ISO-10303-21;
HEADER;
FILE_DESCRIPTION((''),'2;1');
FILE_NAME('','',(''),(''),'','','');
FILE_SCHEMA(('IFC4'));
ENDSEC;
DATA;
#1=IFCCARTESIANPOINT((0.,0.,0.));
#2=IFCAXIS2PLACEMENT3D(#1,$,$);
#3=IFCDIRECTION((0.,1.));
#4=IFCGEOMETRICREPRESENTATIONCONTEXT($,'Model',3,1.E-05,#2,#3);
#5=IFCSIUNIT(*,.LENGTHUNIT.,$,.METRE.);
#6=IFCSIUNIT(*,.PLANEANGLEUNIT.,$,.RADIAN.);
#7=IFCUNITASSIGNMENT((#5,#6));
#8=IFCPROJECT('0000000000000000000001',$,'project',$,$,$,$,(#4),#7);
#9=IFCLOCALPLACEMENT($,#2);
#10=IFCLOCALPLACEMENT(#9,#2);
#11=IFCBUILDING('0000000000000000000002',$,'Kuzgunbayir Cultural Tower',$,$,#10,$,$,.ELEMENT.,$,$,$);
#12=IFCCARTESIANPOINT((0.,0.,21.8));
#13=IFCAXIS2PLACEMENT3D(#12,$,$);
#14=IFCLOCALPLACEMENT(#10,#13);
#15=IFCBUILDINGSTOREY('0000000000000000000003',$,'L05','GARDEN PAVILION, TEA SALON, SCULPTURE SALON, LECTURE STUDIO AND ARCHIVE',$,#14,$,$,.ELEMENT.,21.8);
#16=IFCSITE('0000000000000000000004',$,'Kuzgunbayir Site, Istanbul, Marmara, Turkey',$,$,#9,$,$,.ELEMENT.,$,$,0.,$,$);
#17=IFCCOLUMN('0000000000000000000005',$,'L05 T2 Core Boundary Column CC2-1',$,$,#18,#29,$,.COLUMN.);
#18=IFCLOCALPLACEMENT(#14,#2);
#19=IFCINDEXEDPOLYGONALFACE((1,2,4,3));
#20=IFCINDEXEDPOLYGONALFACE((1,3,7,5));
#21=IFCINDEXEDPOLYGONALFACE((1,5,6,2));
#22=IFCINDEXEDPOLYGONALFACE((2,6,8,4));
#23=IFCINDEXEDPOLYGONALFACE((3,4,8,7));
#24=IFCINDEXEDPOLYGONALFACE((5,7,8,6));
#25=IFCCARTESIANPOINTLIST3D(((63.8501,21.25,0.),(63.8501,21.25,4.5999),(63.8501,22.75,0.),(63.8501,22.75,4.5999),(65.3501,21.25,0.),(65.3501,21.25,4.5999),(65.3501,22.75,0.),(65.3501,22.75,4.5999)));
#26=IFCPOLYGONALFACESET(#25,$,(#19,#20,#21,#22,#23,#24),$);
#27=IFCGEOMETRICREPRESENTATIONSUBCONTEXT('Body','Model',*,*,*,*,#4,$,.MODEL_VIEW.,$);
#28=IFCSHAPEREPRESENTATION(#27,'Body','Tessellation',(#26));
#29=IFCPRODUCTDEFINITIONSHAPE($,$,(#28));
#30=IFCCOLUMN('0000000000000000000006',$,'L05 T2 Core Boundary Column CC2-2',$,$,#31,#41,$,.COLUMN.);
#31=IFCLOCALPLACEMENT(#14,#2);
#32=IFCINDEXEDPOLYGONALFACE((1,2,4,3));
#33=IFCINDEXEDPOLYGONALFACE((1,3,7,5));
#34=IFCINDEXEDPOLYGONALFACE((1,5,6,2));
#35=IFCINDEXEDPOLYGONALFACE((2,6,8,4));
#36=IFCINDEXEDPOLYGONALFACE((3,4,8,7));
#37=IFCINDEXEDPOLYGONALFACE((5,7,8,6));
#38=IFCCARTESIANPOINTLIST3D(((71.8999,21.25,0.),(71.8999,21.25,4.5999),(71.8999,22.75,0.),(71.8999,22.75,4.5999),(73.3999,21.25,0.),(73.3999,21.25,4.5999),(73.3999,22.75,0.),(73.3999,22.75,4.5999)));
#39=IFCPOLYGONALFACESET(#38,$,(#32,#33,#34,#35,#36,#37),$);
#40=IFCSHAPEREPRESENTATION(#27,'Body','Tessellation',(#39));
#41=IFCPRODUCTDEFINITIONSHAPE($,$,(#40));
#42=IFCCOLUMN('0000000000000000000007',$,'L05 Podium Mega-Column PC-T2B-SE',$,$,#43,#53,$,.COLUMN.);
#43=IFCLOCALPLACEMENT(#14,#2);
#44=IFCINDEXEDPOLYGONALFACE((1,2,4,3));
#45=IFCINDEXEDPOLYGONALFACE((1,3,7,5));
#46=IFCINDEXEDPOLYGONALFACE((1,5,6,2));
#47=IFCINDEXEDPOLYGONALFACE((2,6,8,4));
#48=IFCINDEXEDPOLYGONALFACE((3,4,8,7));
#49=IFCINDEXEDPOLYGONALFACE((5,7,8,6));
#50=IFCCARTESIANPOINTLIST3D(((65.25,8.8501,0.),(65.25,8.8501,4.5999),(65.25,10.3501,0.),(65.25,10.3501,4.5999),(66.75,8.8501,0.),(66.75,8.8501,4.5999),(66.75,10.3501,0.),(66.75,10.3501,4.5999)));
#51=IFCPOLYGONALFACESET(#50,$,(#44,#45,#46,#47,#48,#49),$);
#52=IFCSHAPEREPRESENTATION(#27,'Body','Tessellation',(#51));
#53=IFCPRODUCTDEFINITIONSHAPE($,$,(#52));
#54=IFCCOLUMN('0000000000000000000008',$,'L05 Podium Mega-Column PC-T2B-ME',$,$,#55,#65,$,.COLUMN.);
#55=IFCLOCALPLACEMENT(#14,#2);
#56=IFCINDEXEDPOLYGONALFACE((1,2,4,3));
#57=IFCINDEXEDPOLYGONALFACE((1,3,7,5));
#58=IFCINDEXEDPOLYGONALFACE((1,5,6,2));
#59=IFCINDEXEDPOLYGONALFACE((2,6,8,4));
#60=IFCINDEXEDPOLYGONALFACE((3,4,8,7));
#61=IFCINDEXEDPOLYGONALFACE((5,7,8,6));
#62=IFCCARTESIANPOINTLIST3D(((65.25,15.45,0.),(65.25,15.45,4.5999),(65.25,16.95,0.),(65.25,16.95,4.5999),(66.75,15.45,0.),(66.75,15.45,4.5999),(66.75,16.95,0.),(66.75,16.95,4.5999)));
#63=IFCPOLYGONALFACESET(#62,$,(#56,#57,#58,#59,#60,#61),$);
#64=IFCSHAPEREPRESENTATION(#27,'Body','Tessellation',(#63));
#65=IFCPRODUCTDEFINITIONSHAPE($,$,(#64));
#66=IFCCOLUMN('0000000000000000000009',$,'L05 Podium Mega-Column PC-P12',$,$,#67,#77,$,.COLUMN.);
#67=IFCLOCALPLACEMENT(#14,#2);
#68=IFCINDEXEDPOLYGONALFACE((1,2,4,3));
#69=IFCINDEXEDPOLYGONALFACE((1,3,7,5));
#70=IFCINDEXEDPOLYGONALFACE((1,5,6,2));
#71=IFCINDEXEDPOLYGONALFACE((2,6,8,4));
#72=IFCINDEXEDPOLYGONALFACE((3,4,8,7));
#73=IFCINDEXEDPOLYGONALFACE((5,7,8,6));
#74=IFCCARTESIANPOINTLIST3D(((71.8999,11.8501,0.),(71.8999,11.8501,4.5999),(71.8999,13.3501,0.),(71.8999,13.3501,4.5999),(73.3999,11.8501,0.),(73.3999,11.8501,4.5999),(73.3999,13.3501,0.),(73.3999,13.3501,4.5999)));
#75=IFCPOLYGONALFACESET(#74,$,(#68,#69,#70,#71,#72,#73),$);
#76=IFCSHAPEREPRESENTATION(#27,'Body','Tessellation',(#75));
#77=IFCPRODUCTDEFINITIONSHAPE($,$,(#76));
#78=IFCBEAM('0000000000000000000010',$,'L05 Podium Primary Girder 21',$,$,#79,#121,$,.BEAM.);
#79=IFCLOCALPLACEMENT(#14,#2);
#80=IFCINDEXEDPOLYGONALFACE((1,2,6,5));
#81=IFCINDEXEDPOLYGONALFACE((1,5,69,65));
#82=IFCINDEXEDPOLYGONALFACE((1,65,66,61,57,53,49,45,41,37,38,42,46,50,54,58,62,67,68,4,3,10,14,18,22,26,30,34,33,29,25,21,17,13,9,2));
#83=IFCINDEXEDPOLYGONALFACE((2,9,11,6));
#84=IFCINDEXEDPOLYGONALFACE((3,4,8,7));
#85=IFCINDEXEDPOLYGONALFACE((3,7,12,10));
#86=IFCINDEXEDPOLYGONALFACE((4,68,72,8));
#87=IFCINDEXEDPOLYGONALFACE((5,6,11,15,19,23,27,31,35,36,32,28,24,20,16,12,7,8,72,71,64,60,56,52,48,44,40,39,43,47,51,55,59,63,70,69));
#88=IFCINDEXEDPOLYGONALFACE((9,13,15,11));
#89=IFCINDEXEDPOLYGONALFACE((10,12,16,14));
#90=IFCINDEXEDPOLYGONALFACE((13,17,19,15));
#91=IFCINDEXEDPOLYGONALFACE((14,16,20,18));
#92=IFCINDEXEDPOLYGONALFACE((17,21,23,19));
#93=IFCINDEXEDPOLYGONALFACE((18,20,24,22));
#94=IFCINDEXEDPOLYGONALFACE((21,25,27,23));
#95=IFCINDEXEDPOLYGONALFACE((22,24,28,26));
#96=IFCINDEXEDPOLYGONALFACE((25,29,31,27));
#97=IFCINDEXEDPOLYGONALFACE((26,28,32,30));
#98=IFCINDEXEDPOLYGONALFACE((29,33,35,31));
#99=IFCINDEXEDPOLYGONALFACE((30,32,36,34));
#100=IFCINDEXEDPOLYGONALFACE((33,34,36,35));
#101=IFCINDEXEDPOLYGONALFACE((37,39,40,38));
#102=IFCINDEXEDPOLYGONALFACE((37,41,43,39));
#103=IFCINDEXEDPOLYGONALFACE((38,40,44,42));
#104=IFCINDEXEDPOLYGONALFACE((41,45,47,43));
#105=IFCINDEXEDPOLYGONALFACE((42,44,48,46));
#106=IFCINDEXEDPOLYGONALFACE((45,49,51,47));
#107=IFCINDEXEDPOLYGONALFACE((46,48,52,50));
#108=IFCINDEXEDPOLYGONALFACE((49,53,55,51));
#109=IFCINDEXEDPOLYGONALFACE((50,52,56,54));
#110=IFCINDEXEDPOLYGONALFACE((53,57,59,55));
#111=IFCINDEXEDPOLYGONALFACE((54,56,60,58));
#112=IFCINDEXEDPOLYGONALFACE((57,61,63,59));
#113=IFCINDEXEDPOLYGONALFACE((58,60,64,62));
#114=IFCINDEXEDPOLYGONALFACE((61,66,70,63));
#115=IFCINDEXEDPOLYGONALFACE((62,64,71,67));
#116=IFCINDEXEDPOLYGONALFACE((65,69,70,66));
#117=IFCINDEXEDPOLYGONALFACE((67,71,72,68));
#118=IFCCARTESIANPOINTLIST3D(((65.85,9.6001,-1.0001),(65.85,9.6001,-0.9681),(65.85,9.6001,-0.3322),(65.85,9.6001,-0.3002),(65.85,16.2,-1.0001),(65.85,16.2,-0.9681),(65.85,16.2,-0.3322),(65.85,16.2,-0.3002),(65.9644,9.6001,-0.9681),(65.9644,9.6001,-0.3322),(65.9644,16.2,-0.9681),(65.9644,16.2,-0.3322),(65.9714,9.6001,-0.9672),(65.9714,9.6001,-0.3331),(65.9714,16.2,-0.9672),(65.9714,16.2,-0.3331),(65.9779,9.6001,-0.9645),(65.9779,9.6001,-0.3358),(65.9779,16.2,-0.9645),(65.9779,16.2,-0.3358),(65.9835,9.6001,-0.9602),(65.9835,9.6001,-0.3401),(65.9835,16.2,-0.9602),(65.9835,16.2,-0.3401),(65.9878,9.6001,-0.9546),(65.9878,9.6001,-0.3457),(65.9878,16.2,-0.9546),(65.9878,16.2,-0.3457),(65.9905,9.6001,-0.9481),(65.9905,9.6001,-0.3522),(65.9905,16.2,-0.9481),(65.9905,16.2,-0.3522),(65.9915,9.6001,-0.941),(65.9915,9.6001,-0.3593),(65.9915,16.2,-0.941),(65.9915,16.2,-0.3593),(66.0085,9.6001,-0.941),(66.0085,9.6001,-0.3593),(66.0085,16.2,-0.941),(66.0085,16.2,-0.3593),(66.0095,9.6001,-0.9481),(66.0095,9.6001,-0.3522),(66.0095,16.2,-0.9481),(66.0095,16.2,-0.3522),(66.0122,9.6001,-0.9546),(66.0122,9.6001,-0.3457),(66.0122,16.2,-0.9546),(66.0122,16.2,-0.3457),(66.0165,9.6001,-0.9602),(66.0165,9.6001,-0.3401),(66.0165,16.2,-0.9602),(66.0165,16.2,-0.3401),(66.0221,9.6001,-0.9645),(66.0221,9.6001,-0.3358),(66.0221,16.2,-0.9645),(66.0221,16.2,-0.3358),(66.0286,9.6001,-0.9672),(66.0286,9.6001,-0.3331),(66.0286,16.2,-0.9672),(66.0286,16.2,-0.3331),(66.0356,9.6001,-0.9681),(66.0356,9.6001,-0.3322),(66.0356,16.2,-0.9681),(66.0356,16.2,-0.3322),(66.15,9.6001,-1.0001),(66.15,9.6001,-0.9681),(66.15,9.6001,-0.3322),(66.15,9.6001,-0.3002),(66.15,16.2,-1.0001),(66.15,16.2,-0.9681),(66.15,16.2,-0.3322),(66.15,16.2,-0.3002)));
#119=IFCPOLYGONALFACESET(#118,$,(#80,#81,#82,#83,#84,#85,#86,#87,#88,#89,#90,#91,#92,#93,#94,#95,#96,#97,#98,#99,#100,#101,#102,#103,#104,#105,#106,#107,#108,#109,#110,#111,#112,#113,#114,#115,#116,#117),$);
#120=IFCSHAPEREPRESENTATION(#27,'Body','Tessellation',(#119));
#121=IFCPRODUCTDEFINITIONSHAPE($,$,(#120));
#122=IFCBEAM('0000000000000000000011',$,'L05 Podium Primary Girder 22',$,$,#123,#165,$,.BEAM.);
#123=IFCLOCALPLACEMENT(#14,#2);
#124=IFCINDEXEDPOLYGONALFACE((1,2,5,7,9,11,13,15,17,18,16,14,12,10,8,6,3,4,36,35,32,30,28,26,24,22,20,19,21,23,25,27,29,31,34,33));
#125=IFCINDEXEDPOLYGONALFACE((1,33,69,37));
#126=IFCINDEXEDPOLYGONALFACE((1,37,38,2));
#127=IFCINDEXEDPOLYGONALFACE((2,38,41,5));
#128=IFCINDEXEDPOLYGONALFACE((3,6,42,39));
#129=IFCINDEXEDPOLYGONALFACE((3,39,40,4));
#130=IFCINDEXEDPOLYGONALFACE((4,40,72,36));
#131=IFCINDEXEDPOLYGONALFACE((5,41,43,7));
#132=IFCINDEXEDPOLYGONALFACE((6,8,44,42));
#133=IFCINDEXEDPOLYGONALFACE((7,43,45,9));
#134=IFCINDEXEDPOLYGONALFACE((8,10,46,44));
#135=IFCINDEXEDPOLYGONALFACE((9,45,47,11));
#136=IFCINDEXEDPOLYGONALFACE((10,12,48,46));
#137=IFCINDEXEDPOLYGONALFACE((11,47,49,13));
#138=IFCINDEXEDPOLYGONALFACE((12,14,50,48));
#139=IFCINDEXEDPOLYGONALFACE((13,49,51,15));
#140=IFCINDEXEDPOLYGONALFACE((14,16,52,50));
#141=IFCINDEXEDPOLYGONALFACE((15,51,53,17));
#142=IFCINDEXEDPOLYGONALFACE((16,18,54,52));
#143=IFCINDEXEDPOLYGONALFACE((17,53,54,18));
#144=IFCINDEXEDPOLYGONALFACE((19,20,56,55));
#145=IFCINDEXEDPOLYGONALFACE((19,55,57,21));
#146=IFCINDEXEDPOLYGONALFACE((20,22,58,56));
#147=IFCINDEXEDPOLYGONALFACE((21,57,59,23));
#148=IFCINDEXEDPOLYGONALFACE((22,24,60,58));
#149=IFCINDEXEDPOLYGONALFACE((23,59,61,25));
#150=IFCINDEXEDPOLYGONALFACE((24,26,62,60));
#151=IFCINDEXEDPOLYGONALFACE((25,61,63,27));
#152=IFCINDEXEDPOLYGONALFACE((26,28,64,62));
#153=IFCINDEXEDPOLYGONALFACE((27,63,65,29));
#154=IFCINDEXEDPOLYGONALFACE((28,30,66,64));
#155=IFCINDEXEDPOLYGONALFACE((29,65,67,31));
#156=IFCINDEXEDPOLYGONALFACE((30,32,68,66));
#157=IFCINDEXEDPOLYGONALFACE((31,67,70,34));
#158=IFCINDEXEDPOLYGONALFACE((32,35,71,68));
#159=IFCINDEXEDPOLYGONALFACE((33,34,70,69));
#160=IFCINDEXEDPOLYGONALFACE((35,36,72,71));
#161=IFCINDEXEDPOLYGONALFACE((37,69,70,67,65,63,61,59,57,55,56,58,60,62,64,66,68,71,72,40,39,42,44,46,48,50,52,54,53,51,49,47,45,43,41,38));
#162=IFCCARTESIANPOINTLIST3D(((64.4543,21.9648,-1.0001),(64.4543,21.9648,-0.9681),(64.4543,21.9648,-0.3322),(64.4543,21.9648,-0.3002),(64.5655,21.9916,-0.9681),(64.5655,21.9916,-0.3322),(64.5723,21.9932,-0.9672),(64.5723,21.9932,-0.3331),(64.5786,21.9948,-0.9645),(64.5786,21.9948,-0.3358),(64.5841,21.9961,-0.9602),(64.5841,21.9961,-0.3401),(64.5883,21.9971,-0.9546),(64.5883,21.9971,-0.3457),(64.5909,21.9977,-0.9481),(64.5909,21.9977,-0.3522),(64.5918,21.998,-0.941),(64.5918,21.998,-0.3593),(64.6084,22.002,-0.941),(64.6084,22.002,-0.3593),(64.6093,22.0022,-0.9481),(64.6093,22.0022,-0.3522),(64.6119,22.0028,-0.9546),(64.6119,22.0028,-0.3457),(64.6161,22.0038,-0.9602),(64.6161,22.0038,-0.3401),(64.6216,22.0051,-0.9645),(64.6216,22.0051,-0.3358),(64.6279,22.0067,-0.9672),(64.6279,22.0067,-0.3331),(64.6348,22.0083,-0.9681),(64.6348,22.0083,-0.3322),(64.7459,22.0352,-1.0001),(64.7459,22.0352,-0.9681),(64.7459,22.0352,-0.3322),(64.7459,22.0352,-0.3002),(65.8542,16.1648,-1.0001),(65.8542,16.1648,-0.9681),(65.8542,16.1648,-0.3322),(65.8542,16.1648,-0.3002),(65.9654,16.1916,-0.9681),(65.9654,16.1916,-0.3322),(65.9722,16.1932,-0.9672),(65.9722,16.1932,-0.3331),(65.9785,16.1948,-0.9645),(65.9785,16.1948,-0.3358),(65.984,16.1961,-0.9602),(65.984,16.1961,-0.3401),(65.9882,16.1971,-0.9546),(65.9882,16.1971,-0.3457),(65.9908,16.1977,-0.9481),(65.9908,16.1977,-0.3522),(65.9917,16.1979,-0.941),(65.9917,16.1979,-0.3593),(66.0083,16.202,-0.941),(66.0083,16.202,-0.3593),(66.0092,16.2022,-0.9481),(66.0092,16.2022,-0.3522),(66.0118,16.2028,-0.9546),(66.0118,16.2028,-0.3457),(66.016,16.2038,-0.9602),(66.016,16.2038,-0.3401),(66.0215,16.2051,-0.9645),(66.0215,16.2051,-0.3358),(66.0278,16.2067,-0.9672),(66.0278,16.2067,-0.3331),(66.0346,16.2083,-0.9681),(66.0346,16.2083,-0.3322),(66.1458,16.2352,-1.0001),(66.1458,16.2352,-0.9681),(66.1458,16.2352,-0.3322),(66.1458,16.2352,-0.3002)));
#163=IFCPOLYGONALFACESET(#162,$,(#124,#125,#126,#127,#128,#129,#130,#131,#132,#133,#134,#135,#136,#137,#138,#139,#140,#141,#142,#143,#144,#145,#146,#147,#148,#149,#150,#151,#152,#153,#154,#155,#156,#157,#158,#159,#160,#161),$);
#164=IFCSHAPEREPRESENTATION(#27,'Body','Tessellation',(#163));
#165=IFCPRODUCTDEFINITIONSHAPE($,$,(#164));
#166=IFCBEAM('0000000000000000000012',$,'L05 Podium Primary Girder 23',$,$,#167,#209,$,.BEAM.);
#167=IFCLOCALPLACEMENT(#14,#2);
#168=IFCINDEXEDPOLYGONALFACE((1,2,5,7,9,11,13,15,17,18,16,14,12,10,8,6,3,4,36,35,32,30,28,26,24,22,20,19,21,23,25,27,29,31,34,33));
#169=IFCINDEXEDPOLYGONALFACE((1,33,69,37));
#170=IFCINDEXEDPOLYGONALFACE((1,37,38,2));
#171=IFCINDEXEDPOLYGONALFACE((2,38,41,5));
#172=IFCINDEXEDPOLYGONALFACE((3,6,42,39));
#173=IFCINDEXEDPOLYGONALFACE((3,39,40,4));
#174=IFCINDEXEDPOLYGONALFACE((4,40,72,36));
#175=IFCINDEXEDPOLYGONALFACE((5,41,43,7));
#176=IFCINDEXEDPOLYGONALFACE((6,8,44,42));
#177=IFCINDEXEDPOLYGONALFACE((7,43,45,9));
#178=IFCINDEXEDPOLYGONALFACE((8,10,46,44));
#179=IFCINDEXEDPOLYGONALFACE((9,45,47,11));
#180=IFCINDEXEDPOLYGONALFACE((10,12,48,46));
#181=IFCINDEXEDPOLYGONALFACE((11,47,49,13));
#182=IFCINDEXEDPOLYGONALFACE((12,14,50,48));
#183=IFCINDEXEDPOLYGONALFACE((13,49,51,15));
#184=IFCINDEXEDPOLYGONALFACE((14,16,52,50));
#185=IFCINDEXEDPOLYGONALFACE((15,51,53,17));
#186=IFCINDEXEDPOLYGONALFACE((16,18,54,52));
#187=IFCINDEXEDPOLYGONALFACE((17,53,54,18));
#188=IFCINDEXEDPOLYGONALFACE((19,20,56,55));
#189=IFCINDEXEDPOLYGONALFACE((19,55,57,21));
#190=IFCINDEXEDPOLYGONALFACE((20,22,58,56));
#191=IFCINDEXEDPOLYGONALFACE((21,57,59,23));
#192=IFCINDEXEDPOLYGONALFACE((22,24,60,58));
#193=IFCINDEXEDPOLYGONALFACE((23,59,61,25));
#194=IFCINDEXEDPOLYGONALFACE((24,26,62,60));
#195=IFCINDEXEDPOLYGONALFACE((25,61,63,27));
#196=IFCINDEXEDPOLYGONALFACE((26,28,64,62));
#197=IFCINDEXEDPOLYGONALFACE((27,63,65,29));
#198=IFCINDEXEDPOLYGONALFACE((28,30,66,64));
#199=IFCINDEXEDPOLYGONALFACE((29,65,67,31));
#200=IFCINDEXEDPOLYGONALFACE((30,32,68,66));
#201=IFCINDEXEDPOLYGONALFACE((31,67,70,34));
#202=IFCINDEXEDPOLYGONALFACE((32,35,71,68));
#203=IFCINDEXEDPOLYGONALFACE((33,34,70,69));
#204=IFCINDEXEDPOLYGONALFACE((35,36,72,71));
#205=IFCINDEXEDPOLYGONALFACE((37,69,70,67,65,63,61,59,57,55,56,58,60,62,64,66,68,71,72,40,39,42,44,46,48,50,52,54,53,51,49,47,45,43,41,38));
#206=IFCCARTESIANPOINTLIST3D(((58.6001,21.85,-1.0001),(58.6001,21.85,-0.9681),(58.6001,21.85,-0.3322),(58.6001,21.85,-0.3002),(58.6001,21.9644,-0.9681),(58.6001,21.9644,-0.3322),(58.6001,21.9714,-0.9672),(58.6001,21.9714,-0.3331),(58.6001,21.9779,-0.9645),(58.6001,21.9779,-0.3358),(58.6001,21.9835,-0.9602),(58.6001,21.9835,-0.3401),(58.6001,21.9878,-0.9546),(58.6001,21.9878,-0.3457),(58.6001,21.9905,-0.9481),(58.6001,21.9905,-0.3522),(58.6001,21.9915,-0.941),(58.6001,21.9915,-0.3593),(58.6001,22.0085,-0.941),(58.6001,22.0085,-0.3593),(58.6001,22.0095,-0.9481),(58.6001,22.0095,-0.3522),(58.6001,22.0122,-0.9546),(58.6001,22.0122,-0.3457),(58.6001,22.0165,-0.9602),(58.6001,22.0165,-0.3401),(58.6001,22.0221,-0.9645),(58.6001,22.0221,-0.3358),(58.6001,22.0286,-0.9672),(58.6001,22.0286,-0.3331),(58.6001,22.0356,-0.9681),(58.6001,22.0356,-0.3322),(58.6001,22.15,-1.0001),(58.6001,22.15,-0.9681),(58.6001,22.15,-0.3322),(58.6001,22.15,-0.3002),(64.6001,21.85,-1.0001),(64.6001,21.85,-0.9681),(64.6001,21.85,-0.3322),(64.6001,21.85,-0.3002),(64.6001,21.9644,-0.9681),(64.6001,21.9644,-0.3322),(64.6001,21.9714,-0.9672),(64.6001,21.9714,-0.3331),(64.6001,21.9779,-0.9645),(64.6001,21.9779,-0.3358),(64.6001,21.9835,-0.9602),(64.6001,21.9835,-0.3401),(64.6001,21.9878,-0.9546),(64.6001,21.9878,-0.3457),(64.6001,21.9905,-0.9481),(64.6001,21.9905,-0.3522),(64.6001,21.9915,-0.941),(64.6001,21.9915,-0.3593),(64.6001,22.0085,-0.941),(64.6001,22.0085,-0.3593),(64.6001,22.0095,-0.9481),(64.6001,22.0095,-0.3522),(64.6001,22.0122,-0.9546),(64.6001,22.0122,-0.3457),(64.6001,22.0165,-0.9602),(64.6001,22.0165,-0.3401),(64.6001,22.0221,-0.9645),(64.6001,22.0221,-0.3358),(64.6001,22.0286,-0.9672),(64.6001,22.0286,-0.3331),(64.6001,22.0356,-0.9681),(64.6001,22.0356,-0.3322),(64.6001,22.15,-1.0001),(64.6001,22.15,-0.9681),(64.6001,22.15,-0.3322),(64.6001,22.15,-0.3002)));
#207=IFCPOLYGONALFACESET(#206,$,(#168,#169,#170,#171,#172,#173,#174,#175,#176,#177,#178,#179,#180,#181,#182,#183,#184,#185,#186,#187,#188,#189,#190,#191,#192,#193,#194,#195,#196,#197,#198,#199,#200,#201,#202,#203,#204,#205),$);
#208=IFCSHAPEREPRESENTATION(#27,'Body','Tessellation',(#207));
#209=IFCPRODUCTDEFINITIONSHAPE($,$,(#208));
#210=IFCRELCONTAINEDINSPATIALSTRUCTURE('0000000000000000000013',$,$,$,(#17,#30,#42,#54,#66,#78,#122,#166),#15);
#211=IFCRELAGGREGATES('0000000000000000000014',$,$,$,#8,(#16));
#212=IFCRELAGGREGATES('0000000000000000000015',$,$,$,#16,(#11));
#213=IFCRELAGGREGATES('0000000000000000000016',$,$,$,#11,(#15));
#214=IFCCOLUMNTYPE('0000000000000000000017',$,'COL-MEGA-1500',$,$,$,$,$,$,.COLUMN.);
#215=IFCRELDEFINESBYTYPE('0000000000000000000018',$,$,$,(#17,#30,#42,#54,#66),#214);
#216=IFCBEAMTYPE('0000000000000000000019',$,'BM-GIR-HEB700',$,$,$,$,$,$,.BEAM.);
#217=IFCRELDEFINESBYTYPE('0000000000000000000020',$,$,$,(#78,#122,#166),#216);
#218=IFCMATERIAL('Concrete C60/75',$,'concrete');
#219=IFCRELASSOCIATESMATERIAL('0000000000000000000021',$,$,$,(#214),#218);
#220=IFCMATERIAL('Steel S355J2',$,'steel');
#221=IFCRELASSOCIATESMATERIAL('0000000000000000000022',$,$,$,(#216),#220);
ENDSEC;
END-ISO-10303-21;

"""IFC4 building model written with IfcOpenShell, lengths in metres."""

from ifc_helpers import new_model, si_unit, direction, frame, origin, origin_2d, place, context, subcontext, project, spatial, rectangle, i_section, extrude, material, material_profile, profile_set, type_object, element, save


model = new_model("IFC4")

# Units and contexts
model_context = context("Model", 3, precision=1e-05, world=origin(), true_north=direction((0.0, 1.0)))
body_context = subcontext(model_context, "Body", "Model", "MODEL_VIEW")
ifc_project = project(units=[si_unit("LENGTHUNIT", "METRE"), si_unit("PLANEANGLEUNIT", "RADIAN")], contexts=[model_context])

# Site, building, storey
site_placement = place(None, origin())
site = spatial("IfcSite", under=ifc_project, at=site_placement, Name="Kuzgunbayir Site, Istanbul, Marmara, Turkey", CompositionType="ELEMENT", RefElevation=0.0)
building_placement = place(site_placement, origin())
building = spatial("IfcBuilding", under=site, at=building_placement, Name="Kuzgunbayir Cultural Tower", CompositionType="ELEMENT")
storey_placement = place(building_placement, frame((0.0, 0.0, 21.8)))
storey = spatial("IfcBuildingStorey", under=building, at=storey_placement, Name="L05", Description="GARDEN PAVILION, TEA SALON, SCULPTURE SALON, LECTURE STUDIO AND ARCHIVE", CompositionType="ELEMENT", Elevation=21.8)

# Columns
ifc_material_1 = material(Name="Concrete C60/75", Category="concrete")
ifc_material_profile_1 = material_profile(ifc_material_1, rectangle(XDim=1.5, YDim=1.5, at=origin_2d()), Name="RC 1500x1500")
ifc_profile_set_1 = profile_set([ifc_material_profile_1], Name="Concrete C60/75")
column_type = type_object("IfcColumnType", Name="COL-MEGA-1500", PredefinedType="COLUMN", material=ifc_profile_set_1)
for number, where, z_axis, x_axis, name in (
    (1, (64.6001, 22.0, 0.0), (0.0, 0.0, 1.0), (1.0, 0.0, 0.0), "L05 T2 Core Boundary Column CC2-1"),
    (2, (72.6499, 22.0, 0.0), (0.0, 0.0, 1.0), (1.0, 0.0, 0.0), "L05 T2 Core Boundary Column CC2-2"),
    (3, (66.0, 9.6001, 0.0), (0.0, 0.0, 1.0), (1.0, 0.0, 0.0), "L05 Podium Mega-Column PC-T2B-SE"),
    (4, (66.0, 16.2, 0.0), (0.0, 0.0, 1.0), (1.0, 0.0, 0.0), "L05 Podium Mega-Column PC-T2B-ME"),
    (5, (72.6499, 12.6001, 0.0), (0.0, 0.0, 1.0), (1.0, 0.0, 0.0), "L05 Podium Mega-Column PC-P12"),
):
    element("IfcColumn", number, at=place(storey_placement, frame(where, z_axis=z_axis, x_axis=x_axis)), inside=storey, type_object=column_type, Name=name, PredefinedType="COLUMN", context=body_context, shape_type="SweptSolid", body=[
        extrude(rectangle(XDim=1.5, YDim=1.5, at=origin_2d()), origin(), (0.0, 0.0, 1.0), 4.5999),
    ])

# Beams
ifc_material_2 = material(Name="Steel S355J2", Category="steel")
ifc_material_profile_2 = material_profile(ifc_material_2, i_section(OverallWidth=0.3, OverallDepth=0.7, WebThickness=0.0171, FlangeThickness=0.032, FilletRadius=0.0271, at=origin_2d()), Name="HEB 700")
ifc_profile_set_2 = profile_set([ifc_material_profile_2], Name="Steel S355J2")
beam_type = type_object("IfcBeamType", Name="BM-GIR-HEB700", PredefinedType="BEAM", material=ifc_profile_set_2)
beam_1_placement = place(storey_placement, frame((66.0, 9.6001, -0.6501), z_axis=(0.0, 1.0, 0.0), x_axis=(-1.0, 0.0, 0.0)))
element("IfcBeam", 6, at=beam_1_placement, inside=storey, type_object=beam_type, Name="L05 Podium Primary Girder 21", PredefinedType="BEAM", context=body_context, shape_type="SweptSolid", body=[
    extrude(i_section(OverallWidth=0.3, OverallDepth=0.7, WebThickness=0.0171, FlangeThickness=0.032, FilletRadius=0.0271, at=origin_2d()), origin(), (0.0, 0.0, 1.0), 6.5999),
])
beam_2_placement = place(storey_placement, frame((66.0, 16.2, -0.6501), z_axis=(-0.234623, 0.972086, 0.0), x_axis=(-0.972086, -0.234623, 0.0)))
element("IfcBeam", 7, at=beam_2_placement, inside=storey, type_object=beam_type, Name="L05 Podium Primary Girder 22", PredefinedType="BEAM", context=body_context, shape_type="SweptSolid", body=[
    extrude(i_section(OverallWidth=0.3, OverallDepth=0.7, WebThickness=0.0171, FlangeThickness=0.032, FilletRadius=0.0271, at=origin_2d()), origin(), (0.0, 0.0, 1.0), 5.9666),
])
beam_3_placement = place(storey_placement, frame((58.6001, 22.0, -0.6501), z_axis=(1.0, 0.0, 0.0), x_axis=(0.0, 1.0, 0.0)))
element("IfcBeam", 8, at=beam_3_placement, inside=storey, type_object=beam_type, Name="L05 Podium Primary Girder 23", PredefinedType="BEAM", context=body_context, shape_type="SweptSolid", body=[
    extrude(i_section(OverallWidth=0.3, OverallDepth=0.7, WebThickness=0.0171, FlangeThickness=0.032, FilletRadius=0.0271, at=origin_2d()), origin(), (0.0, 0.0, 1.0), 6.0),
])

save(model, "model.ifc")
